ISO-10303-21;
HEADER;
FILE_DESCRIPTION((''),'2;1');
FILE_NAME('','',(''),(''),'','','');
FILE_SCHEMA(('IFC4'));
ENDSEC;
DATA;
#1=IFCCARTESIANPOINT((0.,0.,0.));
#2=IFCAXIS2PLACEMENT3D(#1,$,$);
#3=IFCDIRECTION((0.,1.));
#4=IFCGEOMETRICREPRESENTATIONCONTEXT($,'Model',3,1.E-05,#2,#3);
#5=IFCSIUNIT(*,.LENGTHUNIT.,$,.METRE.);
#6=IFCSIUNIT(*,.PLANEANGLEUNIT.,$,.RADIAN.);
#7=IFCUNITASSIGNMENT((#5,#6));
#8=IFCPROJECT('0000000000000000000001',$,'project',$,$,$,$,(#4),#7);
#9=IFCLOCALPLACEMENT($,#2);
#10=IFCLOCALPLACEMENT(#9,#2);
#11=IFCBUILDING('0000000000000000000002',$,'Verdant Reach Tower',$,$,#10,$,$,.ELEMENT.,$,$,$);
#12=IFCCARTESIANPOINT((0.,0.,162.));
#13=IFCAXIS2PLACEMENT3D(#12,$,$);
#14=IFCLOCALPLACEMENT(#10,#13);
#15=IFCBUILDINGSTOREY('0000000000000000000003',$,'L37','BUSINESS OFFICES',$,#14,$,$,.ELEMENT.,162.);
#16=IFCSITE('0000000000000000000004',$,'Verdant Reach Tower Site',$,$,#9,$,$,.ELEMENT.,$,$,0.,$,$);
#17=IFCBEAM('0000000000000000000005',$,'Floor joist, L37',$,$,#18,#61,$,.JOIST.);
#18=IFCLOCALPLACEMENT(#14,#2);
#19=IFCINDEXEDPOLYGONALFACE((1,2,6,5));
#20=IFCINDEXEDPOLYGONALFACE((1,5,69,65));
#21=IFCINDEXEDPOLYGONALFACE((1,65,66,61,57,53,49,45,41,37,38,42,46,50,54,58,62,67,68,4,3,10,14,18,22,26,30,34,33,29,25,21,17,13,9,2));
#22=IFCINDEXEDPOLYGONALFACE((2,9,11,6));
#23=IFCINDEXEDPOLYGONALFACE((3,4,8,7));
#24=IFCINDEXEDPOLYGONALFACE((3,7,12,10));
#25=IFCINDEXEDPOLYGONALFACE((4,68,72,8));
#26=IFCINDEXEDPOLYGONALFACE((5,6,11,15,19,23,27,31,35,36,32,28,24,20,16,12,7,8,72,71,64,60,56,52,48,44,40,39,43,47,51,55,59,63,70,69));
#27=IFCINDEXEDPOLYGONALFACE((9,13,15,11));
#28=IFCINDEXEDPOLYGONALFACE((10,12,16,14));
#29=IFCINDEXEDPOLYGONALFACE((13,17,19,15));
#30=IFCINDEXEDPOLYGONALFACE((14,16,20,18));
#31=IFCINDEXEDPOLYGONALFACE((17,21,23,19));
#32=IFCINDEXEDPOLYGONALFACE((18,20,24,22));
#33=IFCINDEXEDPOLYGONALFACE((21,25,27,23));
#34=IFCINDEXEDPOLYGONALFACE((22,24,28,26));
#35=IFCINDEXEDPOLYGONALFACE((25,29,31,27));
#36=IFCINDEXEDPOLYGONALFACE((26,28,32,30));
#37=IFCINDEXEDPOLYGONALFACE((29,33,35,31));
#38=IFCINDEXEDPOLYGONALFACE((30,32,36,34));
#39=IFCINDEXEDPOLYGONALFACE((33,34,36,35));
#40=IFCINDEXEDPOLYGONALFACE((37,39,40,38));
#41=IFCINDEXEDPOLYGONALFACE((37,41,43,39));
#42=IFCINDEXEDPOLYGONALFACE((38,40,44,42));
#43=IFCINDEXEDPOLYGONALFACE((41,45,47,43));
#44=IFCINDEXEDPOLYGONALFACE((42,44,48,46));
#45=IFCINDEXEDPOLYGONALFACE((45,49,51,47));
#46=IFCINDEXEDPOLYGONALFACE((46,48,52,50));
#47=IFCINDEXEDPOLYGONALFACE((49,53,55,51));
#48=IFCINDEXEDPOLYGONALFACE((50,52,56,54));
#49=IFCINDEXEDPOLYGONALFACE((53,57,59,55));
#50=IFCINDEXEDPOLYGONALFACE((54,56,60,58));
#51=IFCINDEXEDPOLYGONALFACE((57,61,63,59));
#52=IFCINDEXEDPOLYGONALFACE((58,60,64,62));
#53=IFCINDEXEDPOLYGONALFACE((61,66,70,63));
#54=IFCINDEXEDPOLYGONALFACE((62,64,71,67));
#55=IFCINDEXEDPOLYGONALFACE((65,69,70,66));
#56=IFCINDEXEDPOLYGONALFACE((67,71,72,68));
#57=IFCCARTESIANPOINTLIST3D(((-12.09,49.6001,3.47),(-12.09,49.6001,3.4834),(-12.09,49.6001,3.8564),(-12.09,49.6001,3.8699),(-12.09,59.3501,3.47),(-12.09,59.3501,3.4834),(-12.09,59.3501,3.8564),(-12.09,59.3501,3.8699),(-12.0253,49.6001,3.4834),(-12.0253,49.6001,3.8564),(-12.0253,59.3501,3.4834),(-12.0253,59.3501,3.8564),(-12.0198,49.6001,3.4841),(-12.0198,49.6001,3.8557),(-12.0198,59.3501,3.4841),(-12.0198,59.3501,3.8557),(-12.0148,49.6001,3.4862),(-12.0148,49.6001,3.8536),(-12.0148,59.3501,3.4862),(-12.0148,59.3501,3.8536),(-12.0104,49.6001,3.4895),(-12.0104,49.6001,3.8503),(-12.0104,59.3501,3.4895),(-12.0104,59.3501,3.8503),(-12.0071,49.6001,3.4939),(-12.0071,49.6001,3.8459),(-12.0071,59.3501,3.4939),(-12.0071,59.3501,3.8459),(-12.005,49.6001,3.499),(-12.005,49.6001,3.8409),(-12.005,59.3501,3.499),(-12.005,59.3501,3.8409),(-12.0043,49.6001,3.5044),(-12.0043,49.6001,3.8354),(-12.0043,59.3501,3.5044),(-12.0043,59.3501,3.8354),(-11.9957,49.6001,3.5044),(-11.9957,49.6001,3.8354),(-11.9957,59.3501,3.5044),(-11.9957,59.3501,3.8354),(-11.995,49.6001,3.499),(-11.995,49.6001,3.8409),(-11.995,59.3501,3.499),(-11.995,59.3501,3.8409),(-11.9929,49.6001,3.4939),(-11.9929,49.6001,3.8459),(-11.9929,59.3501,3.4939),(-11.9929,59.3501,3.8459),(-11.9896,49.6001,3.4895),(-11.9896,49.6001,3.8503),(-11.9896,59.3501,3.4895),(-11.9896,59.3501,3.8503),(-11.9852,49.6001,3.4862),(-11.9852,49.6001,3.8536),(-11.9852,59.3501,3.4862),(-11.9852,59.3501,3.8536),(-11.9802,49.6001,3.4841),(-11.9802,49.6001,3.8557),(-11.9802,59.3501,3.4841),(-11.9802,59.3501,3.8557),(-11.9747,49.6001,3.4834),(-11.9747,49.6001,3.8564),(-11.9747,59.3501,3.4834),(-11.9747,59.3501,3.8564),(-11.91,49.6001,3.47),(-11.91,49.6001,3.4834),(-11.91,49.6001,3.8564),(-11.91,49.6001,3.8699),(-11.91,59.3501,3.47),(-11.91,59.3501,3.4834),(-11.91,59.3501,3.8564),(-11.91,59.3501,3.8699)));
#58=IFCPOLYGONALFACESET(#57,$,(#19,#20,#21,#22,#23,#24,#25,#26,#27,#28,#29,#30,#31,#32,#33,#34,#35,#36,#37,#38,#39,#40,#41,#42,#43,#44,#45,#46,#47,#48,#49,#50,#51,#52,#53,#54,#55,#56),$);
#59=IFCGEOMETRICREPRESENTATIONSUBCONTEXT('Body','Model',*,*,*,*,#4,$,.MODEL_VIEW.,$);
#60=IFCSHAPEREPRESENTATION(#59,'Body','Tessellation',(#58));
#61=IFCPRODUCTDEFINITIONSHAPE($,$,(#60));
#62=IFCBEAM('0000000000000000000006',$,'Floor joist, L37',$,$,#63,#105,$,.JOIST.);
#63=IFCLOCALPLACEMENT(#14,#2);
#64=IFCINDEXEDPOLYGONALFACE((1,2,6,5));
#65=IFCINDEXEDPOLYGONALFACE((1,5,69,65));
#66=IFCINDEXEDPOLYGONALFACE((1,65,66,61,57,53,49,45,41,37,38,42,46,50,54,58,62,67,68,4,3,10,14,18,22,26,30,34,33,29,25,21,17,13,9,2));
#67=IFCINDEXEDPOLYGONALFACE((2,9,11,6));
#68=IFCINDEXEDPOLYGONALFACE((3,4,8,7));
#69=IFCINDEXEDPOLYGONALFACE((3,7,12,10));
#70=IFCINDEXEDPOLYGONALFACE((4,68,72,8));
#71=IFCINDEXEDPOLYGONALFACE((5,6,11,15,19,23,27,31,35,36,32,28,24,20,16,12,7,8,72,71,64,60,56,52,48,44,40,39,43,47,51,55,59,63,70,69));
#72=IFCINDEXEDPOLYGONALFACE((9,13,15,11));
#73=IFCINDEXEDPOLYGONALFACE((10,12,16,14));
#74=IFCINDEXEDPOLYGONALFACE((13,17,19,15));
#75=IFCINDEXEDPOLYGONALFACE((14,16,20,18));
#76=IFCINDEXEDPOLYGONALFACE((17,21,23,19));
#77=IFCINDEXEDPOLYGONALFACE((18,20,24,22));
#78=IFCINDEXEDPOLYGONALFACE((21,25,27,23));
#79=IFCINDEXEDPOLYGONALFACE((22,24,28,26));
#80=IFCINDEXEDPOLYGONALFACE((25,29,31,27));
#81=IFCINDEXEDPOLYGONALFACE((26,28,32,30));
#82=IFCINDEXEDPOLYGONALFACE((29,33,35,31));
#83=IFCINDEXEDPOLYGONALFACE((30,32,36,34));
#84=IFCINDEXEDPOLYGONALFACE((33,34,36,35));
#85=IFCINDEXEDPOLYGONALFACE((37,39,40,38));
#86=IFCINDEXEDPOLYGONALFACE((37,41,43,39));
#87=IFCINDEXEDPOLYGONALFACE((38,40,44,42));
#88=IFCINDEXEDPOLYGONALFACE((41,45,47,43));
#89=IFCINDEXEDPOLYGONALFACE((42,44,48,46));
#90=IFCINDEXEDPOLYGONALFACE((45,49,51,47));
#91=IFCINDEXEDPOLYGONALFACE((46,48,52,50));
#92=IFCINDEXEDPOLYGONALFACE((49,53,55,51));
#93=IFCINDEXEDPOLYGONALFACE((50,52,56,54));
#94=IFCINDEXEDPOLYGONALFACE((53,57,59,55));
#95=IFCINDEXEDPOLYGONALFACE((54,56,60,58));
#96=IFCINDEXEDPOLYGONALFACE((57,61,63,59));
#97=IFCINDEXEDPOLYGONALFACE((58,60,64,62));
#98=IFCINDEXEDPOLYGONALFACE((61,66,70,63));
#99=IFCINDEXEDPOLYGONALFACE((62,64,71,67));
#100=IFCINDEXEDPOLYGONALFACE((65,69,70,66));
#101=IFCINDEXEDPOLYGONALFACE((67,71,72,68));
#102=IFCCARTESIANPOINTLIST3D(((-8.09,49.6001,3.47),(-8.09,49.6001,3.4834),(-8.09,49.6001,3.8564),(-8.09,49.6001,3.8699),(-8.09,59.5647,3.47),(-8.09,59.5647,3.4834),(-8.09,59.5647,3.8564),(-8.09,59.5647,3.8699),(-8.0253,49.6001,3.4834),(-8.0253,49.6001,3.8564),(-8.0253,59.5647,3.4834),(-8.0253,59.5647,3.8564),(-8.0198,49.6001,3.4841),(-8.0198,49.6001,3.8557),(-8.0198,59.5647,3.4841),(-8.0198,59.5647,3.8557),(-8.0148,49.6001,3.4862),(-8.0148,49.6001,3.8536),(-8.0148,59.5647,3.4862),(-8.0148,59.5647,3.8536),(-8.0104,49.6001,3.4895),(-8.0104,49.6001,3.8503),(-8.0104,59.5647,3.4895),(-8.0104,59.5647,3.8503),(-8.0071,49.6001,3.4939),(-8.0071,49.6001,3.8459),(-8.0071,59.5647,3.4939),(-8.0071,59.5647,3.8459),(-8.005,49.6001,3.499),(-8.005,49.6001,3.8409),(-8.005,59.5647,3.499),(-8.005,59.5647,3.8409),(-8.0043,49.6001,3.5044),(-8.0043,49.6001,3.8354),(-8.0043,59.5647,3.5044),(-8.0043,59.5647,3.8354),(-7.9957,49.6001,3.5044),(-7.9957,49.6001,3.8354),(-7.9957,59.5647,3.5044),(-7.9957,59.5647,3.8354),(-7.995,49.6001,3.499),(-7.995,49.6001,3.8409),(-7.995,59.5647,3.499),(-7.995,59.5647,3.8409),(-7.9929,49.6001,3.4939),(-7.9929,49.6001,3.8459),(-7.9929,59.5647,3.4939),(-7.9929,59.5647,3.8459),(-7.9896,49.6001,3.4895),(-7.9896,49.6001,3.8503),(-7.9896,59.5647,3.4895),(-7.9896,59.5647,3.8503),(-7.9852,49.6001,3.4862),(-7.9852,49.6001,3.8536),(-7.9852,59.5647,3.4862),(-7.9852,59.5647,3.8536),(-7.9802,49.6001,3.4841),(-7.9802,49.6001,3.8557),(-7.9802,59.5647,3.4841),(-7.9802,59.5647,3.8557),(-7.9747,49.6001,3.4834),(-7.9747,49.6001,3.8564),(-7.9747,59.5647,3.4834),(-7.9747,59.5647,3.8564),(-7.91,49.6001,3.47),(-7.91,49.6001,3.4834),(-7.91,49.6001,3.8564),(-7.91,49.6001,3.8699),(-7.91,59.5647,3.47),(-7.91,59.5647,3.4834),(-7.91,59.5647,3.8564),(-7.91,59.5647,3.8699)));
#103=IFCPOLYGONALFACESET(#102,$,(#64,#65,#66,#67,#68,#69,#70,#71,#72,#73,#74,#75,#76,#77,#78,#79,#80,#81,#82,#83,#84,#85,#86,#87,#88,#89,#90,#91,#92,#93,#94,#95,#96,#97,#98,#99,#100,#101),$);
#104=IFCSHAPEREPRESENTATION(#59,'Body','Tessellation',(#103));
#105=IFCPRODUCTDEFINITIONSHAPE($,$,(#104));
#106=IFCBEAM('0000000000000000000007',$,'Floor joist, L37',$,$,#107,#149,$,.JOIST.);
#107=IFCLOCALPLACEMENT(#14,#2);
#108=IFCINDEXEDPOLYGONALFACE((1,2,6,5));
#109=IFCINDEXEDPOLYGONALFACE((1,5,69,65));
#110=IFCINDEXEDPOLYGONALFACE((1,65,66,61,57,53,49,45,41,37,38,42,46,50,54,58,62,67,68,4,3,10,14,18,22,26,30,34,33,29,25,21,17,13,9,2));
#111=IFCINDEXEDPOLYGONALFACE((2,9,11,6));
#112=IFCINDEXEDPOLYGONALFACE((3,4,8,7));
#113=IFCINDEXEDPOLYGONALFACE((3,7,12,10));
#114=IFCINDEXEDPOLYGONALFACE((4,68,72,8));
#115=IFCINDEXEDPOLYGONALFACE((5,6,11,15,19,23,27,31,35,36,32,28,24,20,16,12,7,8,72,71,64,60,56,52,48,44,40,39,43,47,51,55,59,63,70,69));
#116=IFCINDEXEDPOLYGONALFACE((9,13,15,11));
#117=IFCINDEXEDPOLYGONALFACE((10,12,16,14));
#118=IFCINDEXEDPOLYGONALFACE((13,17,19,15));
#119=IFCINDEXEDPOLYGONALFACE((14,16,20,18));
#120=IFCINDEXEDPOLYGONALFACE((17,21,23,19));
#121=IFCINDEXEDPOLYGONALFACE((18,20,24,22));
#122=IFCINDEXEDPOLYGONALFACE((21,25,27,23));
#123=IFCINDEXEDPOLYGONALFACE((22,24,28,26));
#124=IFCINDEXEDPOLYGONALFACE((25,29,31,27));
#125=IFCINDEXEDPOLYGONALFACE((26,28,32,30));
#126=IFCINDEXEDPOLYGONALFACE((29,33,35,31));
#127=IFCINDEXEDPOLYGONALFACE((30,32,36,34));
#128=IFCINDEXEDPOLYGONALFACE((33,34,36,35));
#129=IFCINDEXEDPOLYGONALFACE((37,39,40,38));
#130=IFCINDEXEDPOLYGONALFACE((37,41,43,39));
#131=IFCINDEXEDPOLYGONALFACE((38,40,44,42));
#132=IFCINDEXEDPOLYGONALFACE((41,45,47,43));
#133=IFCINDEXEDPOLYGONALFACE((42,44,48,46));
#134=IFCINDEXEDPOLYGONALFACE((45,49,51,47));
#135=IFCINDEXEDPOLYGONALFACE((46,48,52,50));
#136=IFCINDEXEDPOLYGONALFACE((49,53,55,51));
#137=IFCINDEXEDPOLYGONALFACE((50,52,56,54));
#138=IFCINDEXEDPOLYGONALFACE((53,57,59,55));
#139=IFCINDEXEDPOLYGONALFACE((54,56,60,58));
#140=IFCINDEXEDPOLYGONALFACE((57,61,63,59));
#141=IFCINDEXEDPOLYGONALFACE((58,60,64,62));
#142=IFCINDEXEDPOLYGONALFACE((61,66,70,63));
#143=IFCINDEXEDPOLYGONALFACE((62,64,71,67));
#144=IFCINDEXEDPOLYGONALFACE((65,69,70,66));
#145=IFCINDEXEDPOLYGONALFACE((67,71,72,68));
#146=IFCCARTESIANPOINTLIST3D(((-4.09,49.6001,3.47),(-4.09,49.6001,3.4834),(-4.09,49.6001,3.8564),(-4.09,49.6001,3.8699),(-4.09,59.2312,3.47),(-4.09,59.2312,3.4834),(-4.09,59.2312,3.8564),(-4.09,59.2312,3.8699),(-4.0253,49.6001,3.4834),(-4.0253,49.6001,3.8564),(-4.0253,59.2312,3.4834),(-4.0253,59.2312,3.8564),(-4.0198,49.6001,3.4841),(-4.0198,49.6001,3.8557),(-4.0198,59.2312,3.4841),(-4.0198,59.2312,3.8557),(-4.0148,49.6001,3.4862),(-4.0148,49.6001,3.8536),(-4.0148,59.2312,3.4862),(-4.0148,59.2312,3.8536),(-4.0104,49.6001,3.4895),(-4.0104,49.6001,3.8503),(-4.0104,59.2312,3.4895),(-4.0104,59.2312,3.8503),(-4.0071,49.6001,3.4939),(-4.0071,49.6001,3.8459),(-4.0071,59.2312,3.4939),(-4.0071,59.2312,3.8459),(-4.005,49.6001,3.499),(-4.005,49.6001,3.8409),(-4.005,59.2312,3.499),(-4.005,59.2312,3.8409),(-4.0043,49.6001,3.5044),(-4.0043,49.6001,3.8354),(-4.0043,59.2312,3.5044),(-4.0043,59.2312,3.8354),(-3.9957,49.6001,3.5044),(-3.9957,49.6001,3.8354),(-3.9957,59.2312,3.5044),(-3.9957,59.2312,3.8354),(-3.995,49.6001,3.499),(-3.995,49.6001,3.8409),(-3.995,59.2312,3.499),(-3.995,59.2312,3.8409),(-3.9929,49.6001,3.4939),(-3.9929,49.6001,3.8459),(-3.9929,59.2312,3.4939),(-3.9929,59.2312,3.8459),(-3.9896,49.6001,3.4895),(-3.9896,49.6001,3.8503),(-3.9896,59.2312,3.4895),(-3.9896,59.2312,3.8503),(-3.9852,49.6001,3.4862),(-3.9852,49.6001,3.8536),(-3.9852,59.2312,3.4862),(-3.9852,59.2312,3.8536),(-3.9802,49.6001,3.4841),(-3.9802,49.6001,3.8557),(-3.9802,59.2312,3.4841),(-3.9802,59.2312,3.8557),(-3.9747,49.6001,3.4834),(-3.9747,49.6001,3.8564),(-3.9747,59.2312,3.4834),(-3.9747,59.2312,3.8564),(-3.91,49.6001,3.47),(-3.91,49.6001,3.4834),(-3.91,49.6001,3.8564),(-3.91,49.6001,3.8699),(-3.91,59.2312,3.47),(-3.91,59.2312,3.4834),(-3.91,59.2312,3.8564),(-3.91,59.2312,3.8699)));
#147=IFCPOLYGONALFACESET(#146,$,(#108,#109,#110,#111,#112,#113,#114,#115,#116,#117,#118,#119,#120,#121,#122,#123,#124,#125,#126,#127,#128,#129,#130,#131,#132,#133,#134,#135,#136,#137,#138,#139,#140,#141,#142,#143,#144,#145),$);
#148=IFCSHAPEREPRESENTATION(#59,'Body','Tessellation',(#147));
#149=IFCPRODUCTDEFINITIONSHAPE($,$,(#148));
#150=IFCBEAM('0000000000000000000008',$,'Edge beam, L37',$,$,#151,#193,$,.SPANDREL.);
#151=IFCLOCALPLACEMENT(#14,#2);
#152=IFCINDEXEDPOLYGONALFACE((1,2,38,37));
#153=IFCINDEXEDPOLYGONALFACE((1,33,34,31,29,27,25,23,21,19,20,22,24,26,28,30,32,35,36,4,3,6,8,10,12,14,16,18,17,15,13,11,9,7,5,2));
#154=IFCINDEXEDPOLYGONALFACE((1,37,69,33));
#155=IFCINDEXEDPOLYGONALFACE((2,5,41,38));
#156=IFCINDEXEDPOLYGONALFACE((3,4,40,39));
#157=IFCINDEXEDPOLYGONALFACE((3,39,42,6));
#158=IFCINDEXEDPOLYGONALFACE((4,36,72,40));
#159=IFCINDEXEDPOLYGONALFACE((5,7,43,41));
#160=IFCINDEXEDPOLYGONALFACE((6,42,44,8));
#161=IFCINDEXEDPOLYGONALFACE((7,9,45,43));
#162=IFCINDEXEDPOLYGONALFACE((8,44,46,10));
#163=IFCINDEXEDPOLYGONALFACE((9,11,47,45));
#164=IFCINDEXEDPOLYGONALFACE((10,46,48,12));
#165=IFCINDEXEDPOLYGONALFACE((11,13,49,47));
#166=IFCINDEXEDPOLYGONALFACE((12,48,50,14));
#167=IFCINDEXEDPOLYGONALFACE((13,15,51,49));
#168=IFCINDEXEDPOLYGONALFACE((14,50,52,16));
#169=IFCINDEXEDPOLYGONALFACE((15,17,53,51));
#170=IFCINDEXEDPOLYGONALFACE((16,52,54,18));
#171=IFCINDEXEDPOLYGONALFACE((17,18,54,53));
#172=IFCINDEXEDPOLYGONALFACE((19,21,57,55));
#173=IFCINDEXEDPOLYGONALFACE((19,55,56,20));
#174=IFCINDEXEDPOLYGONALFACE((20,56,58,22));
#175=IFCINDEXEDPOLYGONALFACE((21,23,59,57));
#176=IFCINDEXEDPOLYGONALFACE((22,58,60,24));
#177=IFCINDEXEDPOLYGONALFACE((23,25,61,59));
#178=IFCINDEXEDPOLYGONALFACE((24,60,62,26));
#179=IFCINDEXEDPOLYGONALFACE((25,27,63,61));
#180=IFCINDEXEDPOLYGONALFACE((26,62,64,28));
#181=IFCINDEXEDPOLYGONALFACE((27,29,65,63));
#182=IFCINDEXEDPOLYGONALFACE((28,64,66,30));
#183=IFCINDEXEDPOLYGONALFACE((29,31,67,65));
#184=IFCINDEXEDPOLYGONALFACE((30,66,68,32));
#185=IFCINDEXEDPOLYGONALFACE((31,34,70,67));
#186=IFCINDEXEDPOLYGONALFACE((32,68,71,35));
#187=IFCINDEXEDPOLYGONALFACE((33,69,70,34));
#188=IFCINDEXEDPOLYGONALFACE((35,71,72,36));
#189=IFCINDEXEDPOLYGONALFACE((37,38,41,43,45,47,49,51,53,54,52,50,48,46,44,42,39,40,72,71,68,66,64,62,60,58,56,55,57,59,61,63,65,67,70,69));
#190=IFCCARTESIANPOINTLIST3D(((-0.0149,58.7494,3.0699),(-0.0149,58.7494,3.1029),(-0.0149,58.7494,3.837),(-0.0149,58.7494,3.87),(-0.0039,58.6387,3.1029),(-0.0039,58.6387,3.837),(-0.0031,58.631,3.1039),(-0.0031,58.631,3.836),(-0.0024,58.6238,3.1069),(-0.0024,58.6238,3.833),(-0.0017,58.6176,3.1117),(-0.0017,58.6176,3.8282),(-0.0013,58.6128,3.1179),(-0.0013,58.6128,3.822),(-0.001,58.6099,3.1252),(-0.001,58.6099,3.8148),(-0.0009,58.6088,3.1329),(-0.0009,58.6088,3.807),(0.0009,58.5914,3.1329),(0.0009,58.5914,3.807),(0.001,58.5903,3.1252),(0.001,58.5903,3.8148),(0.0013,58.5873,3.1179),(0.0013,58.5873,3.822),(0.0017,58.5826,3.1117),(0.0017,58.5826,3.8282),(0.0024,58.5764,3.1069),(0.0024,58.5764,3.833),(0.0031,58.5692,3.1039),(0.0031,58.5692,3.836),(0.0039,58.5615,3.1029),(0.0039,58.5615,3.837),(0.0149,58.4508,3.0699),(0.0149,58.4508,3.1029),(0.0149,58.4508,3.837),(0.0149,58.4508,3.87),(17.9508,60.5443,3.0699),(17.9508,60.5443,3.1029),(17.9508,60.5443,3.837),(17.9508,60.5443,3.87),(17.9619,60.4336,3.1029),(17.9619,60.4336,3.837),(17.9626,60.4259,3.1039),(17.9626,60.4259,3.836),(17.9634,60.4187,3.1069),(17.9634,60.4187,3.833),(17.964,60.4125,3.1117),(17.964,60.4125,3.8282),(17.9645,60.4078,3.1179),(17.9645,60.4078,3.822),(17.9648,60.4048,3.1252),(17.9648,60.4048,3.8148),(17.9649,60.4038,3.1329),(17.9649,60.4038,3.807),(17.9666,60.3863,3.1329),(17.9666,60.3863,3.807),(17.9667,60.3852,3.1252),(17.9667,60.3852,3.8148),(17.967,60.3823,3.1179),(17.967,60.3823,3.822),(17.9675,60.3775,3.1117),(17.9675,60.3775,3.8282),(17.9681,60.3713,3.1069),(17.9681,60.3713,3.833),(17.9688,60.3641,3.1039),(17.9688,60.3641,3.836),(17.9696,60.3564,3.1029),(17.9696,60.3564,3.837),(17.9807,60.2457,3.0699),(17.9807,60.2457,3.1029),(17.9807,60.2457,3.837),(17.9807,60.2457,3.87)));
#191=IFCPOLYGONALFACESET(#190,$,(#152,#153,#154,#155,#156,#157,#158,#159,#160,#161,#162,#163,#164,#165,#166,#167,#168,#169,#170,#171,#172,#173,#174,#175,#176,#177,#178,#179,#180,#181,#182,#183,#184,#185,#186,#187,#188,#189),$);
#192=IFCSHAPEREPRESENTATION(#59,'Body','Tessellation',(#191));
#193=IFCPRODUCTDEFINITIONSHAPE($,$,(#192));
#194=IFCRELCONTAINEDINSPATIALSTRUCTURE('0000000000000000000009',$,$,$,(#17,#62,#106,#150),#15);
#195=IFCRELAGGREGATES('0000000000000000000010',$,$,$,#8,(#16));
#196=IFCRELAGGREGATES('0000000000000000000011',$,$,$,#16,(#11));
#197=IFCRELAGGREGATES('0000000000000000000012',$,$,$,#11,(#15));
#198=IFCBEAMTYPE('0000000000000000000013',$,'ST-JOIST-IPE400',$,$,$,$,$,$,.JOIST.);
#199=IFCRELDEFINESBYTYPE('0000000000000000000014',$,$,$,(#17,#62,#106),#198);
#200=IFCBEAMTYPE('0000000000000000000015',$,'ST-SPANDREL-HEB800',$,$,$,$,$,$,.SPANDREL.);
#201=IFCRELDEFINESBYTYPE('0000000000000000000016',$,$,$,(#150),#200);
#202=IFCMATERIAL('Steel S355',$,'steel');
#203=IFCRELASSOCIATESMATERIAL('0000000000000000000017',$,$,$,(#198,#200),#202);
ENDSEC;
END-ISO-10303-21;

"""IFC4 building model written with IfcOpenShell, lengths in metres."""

from ifc_helpers import new_model, si_unit, direction, frame, origin, origin_2d, place, context, subcontext, project, spatial, i_section, extrude, material, material_profile, profile_set, type_object, element, save


model = new_model("IFC4")

# Units and contexts
model_context = context("Model", 3, precision=1e-05, world=origin(), true_north=direction((0.0, 1.0)))
body_context = subcontext(model_context, "Body", "Model", "MODEL_VIEW")
ifc_project = project(units=[si_unit("LENGTHUNIT", "METRE"), si_unit("PLANEANGLEUNIT", "RADIAN")], contexts=[model_context])

# Site, building, storey
site_placement = place(None, origin())
site = spatial("IfcSite", under=ifc_project, at=site_placement, Name="Verdant Reach Tower Site", CompositionType="ELEMENT", RefElevation=0.0)
building_placement = place(site_placement, origin())
building = spatial("IfcBuilding", under=site, at=building_placement, Name="Verdant Reach Tower", CompositionType="ELEMENT")
storey_placement = place(building_placement, frame((0.0, 0.0, 162.0)))
storey = spatial("IfcBuildingStorey", under=building, at=storey_placement, Name="L37", Description="BUSINESS OFFICES", CompositionType="ELEMENT", Elevation=162.0)

# Beams
ifc_material_1 = material(Name="Steel S355", Category="steel")
ifc_material_profile_1 = material_profile(ifc_material_1, i_section(OverallWidth=0.1799, OverallDepth=0.3999, WebThickness=0.0085, FlangeThickness=0.0134, FilletRadius=0.021, at=origin_2d()), Name="IPE 400")
ifc_profile_set_1 = profile_set([ifc_material_profile_1], Name="Steel S355")
beam_type_1 = type_object("IfcBeamType", Name="ST-JOIST-IPE400", PredefinedType="JOIST", material=ifc_profile_set_1)
beam_1_placement = place(storey_placement, frame((-12.0, 49.6001, 3.6699), z_axis=(0.0, 1.0, 0.0), x_axis=(-1.0, 0.0, 0.0)))
element("IfcBeam", 1, at=beam_1_placement, inside=storey, type_object=beam_type_1, Name="Floor joist, L37", PredefinedType="JOIST", context=body_context, shape_type="SweptSolid", body=[
    extrude(i_section(OverallWidth=0.1799, OverallDepth=0.3999, WebThickness=0.0085, FlangeThickness=0.0134, FilletRadius=0.021, at=origin_2d()), origin(), (0.0, 0.0, 1.0), 9.75),
])
beam_2_placement = place(storey_placement, frame((-8.0, 49.6001, 3.6699), z_axis=(0.0, 1.0, 0.0), x_axis=(-1.0, 0.0, 0.0)))
element("IfcBeam", 2, at=beam_2_placement, inside=storey, type_object=beam_type_1, Name="Floor joist, L37", PredefinedType="JOIST", context=body_context, shape_type="SweptSolid", body=[
    extrude(i_section(OverallWidth=0.1799, OverallDepth=0.3999, WebThickness=0.0085, FlangeThickness=0.0134, FilletRadius=0.021, at=origin_2d()), origin(), (0.0, 0.0, 1.0), 9.9646),
])
beam_3_placement = place(storey_placement, frame((-4.0, 49.6001, 3.6699), z_axis=(0.0, 1.0, 0.0), x_axis=(-1.0, 0.0, 0.0)))
element("IfcBeam", 3, at=beam_3_placement, inside=storey, type_object=beam_type_1, Name="Floor joist, L37", PredefinedType="JOIST", context=body_context, shape_type="SweptSolid", body=[
    extrude(i_section(OverallWidth=0.1799, OverallDepth=0.3999, WebThickness=0.0085, FlangeThickness=0.0134, FilletRadius=0.021, at=origin_2d()), origin(), (0.0, 0.0, 1.0), 9.6311),
])
ifc_material_profile_2 = material_profile(ifc_material_1, i_section(OverallWidth=0.3, OverallDepth=0.8, WebThickness=0.0176, FlangeThickness=0.033, FilletRadius=0.03, at=origin_2d()), Name="HEB 800")
ifc_profile_set_2 = profile_set([ifc_material_profile_2], Name="Steel S355")
beam_type_2 = type_object("IfcBeamType", Name="ST-SPANDREL-HEB800", PredefinedType="SPANDREL", material=ifc_profile_set_2)
beam_4_placement = place(storey_placement, frame((0.0, 58.6001, 3.47), z_axis=(0.995046, 0.099413, 0.0), x_axis=(-0.099413, 0.995046, 0.0)))
element("IfcBeam", 4, at=beam_4_placement, inside=storey, type_object=beam_type_2, Name="Edge beam, L37", PredefinedType="SPANDREL", context=body_context, shape_type="SweptSolid", body=[
    extrude(i_section(OverallWidth=0.3, OverallDepth=0.8, WebThickness=0.0176, FlangeThickness=0.033, FilletRadius=0.03, at=origin_2d()), origin(), (0.0, 0.0, 1.0), 18.0552),
])

save(model, "model.ifc")
